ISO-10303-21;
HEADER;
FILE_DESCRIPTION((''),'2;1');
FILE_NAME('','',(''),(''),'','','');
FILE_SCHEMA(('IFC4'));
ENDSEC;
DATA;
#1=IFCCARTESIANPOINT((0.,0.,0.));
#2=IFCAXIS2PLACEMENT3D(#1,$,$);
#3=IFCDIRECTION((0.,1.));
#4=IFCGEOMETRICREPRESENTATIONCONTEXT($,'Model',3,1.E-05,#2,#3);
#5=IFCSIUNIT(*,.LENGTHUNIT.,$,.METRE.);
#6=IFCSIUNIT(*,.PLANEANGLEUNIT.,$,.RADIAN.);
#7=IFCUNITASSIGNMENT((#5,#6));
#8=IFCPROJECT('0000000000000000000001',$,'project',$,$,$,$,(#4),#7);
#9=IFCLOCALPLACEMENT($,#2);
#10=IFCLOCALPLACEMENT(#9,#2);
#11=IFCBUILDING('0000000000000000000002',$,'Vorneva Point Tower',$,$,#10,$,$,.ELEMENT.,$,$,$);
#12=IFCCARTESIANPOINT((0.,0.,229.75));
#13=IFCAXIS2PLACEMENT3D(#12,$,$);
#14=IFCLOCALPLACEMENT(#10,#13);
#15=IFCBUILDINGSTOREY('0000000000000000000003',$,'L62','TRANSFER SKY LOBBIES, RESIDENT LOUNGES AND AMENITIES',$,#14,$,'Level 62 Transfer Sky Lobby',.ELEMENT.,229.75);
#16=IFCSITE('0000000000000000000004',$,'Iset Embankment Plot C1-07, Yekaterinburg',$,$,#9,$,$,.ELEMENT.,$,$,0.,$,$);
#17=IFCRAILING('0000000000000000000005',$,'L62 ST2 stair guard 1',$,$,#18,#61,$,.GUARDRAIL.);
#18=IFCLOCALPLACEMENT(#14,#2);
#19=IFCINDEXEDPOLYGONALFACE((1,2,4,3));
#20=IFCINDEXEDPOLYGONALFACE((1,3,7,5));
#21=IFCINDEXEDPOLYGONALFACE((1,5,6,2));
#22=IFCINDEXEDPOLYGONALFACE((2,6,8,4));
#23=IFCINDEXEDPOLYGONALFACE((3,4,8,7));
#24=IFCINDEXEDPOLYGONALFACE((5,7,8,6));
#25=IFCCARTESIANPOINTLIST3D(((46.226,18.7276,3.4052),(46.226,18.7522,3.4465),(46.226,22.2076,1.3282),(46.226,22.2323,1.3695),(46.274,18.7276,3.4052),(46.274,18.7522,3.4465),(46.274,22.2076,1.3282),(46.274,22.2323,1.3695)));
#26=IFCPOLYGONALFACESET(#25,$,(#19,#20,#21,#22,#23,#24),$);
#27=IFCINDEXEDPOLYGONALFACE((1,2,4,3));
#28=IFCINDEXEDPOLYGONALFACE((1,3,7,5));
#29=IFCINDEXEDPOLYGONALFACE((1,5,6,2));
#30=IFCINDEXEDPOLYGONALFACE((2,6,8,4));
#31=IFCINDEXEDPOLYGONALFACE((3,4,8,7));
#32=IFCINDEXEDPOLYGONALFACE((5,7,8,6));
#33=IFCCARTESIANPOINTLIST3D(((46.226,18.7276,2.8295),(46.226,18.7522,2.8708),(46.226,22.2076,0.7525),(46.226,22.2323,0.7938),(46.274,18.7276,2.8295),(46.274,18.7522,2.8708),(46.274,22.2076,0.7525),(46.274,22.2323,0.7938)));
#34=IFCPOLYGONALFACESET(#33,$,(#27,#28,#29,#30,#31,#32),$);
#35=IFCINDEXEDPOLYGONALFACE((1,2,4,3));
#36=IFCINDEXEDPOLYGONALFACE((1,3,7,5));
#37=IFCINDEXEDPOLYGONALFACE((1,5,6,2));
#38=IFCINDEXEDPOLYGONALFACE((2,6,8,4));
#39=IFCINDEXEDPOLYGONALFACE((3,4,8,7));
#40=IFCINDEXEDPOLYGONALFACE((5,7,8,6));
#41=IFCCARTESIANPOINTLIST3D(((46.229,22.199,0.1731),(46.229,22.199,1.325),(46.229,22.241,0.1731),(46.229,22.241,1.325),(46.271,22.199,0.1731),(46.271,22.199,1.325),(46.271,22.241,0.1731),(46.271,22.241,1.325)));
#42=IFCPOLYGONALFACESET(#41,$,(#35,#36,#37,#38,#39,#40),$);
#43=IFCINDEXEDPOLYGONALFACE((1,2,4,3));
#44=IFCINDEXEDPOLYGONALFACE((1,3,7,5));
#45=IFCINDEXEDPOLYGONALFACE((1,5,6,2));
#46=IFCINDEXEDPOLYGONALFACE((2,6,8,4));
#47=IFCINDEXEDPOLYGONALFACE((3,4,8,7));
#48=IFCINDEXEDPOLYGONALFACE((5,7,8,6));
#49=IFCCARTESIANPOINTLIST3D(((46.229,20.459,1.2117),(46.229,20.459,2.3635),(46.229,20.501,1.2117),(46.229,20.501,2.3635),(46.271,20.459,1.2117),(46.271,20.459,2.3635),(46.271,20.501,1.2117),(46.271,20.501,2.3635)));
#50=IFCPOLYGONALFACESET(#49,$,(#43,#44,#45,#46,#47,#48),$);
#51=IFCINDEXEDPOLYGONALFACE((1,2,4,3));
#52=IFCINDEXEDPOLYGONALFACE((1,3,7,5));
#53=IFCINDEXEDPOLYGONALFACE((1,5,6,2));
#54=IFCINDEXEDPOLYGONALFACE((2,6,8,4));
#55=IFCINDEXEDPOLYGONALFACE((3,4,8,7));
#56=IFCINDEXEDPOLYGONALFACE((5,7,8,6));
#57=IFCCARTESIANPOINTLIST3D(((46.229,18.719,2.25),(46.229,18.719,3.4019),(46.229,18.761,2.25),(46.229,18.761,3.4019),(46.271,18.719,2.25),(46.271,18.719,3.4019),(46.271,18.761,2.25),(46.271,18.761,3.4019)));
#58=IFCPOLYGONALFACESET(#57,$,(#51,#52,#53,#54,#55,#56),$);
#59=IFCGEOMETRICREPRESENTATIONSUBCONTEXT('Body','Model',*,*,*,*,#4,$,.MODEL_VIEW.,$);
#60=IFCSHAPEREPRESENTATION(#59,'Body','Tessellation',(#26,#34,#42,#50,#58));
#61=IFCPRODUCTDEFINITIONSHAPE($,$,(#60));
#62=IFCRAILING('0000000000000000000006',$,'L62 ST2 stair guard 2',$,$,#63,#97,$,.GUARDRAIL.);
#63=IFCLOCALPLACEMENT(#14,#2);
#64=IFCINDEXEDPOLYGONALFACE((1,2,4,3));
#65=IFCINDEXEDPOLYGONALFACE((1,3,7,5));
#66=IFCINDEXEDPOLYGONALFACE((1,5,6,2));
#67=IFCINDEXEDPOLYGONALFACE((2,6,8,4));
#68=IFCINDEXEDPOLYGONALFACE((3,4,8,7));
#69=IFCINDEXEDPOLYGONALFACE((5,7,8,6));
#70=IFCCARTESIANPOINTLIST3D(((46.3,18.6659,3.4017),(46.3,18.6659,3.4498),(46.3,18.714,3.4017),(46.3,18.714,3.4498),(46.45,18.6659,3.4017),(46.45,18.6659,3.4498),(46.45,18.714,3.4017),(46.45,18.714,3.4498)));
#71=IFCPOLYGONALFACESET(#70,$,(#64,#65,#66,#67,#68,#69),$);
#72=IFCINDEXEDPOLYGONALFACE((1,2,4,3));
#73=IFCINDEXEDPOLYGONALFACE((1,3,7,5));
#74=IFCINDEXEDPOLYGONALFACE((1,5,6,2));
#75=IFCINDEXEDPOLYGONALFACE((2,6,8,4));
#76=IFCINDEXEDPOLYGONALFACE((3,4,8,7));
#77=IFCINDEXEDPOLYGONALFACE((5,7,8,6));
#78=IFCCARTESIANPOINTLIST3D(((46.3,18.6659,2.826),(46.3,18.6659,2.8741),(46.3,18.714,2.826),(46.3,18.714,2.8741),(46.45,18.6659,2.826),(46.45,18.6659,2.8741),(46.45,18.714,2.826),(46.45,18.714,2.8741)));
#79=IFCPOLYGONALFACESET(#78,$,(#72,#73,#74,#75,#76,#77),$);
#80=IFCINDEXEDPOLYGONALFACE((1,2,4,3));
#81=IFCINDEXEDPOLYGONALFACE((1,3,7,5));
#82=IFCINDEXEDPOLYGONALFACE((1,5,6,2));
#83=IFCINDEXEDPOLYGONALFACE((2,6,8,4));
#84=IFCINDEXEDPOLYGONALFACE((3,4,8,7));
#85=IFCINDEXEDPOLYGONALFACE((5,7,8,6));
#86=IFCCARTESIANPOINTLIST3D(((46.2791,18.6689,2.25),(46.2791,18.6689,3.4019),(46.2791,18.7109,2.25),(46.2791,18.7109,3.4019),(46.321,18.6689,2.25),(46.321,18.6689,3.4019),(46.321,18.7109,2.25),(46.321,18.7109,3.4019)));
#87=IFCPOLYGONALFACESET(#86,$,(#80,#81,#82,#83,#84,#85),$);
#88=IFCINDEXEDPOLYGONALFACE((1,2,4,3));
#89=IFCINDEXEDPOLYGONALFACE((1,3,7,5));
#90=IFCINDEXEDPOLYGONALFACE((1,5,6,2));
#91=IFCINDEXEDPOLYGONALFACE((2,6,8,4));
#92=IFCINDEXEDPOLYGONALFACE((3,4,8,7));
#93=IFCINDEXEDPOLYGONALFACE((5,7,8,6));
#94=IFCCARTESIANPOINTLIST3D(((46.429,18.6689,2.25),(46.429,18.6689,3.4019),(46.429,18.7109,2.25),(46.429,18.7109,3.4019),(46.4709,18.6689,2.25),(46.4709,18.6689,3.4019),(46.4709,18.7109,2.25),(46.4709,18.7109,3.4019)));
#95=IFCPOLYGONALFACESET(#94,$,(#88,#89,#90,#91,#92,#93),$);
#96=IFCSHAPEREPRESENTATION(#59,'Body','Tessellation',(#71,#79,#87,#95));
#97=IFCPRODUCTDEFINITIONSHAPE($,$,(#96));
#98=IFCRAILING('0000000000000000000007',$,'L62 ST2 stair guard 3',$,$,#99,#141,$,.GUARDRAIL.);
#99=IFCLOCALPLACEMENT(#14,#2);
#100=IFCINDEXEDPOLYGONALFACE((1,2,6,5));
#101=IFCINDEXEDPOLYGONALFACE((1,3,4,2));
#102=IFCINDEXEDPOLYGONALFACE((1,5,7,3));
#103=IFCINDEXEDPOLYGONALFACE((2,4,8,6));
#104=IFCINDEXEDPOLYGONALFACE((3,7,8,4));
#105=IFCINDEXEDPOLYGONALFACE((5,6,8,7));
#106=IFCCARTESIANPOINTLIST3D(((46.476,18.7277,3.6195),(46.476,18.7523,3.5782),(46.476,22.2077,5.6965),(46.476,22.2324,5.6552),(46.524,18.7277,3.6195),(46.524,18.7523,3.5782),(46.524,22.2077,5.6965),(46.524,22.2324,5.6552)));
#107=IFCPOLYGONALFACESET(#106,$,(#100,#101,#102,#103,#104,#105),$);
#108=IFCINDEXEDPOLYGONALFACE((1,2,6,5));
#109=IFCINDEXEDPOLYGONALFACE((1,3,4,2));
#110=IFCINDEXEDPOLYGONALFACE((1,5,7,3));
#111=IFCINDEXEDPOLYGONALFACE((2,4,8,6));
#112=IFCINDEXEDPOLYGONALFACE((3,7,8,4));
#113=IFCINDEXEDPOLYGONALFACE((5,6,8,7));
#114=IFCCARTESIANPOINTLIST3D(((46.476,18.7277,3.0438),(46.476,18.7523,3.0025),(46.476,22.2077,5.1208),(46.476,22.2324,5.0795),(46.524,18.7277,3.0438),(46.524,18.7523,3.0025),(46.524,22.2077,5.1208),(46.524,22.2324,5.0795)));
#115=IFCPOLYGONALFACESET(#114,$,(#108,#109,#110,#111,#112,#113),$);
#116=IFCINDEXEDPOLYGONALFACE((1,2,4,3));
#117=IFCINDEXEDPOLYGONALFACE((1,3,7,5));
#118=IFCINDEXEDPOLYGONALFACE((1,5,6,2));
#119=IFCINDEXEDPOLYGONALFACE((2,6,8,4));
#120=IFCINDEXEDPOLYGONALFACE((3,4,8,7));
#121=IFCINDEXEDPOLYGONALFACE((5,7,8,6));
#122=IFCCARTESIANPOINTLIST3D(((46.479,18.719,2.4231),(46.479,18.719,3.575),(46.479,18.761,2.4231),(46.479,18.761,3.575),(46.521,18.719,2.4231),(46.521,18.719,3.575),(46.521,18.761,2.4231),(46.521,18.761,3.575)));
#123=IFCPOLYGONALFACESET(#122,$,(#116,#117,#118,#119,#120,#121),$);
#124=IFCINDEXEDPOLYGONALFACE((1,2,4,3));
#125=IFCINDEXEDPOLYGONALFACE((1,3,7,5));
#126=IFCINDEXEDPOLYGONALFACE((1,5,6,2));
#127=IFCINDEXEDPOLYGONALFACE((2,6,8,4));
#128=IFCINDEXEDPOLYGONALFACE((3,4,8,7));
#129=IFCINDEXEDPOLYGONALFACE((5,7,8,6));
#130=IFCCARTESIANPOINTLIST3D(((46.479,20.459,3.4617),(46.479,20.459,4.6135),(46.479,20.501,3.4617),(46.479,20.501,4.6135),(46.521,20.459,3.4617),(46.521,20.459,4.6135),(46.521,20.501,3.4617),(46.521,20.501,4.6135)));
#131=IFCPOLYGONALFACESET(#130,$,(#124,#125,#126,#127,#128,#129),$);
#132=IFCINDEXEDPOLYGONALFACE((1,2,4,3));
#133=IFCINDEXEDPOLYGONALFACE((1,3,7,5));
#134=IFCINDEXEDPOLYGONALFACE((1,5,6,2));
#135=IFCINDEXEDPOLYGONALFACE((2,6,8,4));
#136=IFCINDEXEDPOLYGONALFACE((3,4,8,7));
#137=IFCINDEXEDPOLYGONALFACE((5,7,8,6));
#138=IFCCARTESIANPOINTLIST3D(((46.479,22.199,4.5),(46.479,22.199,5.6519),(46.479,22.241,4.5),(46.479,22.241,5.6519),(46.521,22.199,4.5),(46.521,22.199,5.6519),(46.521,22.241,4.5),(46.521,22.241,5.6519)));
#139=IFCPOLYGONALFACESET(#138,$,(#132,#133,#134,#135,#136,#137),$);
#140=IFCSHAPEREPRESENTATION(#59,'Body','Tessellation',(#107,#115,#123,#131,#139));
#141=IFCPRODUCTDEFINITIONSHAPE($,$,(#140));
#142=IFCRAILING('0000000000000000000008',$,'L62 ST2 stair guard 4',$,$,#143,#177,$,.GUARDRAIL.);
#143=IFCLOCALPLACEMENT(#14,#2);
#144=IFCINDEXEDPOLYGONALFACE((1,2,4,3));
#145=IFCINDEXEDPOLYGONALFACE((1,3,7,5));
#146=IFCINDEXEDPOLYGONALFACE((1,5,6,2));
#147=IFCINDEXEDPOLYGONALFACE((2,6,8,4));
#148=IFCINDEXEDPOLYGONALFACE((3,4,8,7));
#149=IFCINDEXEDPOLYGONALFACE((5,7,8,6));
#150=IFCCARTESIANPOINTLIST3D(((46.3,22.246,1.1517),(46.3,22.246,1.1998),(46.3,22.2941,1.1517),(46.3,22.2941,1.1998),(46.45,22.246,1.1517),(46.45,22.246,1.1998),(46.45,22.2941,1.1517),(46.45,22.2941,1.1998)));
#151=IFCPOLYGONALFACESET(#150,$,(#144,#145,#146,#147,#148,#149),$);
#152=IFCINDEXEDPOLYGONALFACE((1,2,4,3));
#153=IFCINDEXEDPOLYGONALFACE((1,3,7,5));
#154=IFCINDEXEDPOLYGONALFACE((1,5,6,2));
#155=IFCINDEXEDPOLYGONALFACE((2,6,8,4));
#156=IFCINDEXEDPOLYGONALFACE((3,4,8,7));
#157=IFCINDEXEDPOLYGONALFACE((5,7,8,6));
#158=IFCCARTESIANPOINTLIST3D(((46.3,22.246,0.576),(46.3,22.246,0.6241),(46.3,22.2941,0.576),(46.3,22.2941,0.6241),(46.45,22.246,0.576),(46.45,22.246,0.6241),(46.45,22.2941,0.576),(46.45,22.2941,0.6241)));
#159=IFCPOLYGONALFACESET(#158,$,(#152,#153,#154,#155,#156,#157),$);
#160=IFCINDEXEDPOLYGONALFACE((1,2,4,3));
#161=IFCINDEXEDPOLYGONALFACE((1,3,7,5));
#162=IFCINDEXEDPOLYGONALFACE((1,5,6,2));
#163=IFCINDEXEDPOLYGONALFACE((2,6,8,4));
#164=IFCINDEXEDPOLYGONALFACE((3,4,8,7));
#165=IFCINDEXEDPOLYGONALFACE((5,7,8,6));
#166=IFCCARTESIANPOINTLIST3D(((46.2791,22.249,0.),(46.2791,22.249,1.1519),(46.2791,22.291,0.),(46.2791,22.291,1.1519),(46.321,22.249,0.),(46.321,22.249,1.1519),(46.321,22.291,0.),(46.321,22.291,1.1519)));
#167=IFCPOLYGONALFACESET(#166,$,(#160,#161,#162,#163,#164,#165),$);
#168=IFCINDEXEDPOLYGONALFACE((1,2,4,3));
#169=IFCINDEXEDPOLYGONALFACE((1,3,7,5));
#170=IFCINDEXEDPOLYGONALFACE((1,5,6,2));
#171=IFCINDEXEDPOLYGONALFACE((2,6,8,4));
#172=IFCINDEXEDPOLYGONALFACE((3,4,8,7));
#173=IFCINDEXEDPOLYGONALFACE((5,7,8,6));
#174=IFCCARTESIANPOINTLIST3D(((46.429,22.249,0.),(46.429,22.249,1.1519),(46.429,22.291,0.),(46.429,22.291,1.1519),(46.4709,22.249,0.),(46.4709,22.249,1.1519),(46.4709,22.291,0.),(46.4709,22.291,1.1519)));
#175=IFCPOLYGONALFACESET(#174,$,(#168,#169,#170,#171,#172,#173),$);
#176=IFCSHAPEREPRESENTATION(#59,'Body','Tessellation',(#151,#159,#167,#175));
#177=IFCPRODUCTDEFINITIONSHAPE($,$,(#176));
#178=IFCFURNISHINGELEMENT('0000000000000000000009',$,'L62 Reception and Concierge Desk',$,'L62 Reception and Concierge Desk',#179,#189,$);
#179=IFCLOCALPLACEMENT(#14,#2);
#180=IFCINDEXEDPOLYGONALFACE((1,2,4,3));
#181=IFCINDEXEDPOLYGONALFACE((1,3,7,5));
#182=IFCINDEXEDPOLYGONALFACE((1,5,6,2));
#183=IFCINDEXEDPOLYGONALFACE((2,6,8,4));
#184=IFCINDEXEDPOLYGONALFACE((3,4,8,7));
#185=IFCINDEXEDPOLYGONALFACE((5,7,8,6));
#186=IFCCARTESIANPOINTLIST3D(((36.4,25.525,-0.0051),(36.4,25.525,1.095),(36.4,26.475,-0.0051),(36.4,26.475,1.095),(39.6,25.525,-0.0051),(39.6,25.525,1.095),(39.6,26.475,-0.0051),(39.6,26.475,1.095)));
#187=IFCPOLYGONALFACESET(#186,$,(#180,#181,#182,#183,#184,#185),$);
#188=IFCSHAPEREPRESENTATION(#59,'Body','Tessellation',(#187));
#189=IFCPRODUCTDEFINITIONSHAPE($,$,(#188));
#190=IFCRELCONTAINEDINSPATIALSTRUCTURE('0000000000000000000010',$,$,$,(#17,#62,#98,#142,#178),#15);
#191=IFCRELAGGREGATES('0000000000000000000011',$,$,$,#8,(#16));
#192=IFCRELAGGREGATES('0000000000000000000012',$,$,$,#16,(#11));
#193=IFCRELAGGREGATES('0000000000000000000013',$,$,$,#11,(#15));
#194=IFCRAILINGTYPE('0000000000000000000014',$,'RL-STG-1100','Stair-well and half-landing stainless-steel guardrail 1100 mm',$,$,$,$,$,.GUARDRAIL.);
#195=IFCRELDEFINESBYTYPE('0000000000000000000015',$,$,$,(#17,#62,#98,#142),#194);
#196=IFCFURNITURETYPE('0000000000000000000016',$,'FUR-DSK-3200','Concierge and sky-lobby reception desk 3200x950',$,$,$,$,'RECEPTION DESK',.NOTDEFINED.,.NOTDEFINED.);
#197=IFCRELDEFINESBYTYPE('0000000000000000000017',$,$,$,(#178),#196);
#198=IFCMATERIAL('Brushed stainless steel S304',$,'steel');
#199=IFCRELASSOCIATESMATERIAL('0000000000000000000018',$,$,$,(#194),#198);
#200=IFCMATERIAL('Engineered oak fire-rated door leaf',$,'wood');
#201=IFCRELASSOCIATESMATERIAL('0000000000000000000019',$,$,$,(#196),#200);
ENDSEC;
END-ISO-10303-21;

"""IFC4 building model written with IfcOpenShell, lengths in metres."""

from ifc_helpers import new_model, si_unit, direction, frame, origin, origin_2d, place, context, subcontext, project, spatial, rectangle, extrude, material, type_object, element, save


model = new_model("IFC4")

# Units and contexts
model_context = context("Model", 3, precision=1e-05, world=origin(), true_north=direction((0.0, 1.0)))
body_context = subcontext(model_context, "Body", "Model", "MODEL_VIEW")
ifc_project = project(units=[si_unit("LENGTHUNIT", "METRE"), si_unit("PLANEANGLEUNIT", "RADIAN")], contexts=[model_context])

# Site, building, storey
site_placement = place(None, origin())
site = spatial("IfcSite", under=ifc_project, at=site_placement, Name="Iset Embankment Plot C1-07, Yekaterinburg", CompositionType="ELEMENT", RefElevation=0.0)
building_placement = place(site_placement, origin())
building = spatial("IfcBuilding", under=site, at=building_placement, Name="Vorneva Point Tower", CompositionType="ELEMENT")
storey_placement = place(building_placement, frame((0.0, 0.0, 229.75)))
storey = spatial("IfcBuildingStorey", under=building, at=storey_placement, Name="L62", Description="TRANSFER SKY LOBBIES, RESIDENT LOUNGES AND AMENITIES", LongName="Level 62 Transfer Sky Lobby", CompositionType="ELEMENT", Elevation=229.75)

# Shared definitions
ifc_material_1 = material(Name="Engineered oak fire-rated door leaf", Category="wood")

# Railings
ifc_material_2 = material(Name="Brushed stainless steel S304", Category="steel")
railing_type_1 = type_object("IfcRailingType", Name="RL-STG-1100", Description="Stair-well and half-landing stainless-steel guardrail 1100 mm", PredefinedType="GUARDRAIL", material=ifc_material_2)
railing_1_placement = place(storey_placement, frame((46.25, 22.22, 0.1731)))
element("IfcRailing", 1, at=railing_1_placement, inside=storey, type_object=railing_type_1, Name="L62 ST2 stair guard 1", PredefinedType="GUARDRAIL", context=body_context, shape_type="SweptSolid", body=[
    extrude(rectangle(XDim=0.0481, YDim=0.0481, at=origin_2d()), frame((0.0, 0.0, 1.1758), z_axis=(0.0, -0.858697, 0.512483), x_axis=(1.0, 0.0, 0.0)), (0.0, 0.0, 1.0), 4.0527),
    extrude(rectangle(XDim=0.0481, YDim=0.0481, at=origin_2d()), frame((0.0, 0.0, 0.6001), z_axis=(0.0, -0.858697, 0.512483), x_axis=(1.0, 0.0, 0.0)), (0.0, 0.0, 1.0), 4.0527),
    extrude(rectangle(XDim=0.042, YDim=0.042, at=origin_2d()), origin(), (0.0, 0.0, 1.0), 1.1519),
    extrude(rectangle(XDim=0.042, YDim=0.042, at=origin_2d()), frame((0.0, -1.74, 1.0386)), (0.0, 0.0, 1.0), 1.1519),
    extrude(rectangle(XDim=0.042, YDim=0.042, at=origin_2d()), frame((0.0, -3.48, 2.0769)), (0.0, 0.0, 1.0), 1.1519),
])
railing_2_placement = place(storey_placement, frame((46.3, 18.6899, 2.25)))
element("IfcRailing", 2, at=railing_2_placement, inside=storey, type_object=railing_type_1, Name="L62 ST2 stair guard 2", PredefinedType="GUARDRAIL", context=body_context, shape_type="SweptSolid", body=[
    extrude(rectangle(XDim=0.0481, YDim=0.0481, at=origin_2d()), frame((0.0, 0.0, 1.1758), z_axis=(1.0, 0.0, 0.0), x_axis=(0.0, 1.0, 0.0)), (0.0, 0.0, 1.0), 0.1499),
    extrude(rectangle(XDim=0.0481, YDim=0.0481, at=origin_2d()), frame((0.0, 0.0, 0.6001), z_axis=(1.0, 0.0, 0.0), x_axis=(0.0, 1.0, 0.0)), (0.0, 0.0, 1.0), 0.1499),
    extrude(rectangle(XDim=0.042, YDim=0.042, at=origin_2d()), origin(), (0.0, 0.0, 1.0), 1.1519),
    extrude(rectangle(XDim=0.042, YDim=0.042, at=origin_2d()), frame((0.1499, 0.0, 0.0)), (0.0, 0.0, 1.0), 1.1519),
])
railing_3_placement = place(storey_placement, frame((46.5, 18.74, 2.4231)))
element("IfcRailing", 3, at=railing_3_placement, inside=storey, type_object=railing_type_1, Name="L62 ST2 stair guard 3", PredefinedType="GUARDRAIL", context=body_context, shape_type="SweptSolid", body=[
    extrude(rectangle(XDim=0.0481, YDim=0.0481, at=origin_2d()), frame((0.0, 0.0, 1.1758), z_axis=(0.0, 0.858697, 0.512483), x_axis=(-1.0, 0.0, 0.0)), (0.0, 0.0, 1.0), 4.0527),
    extrude(rectangle(XDim=0.0481, YDim=0.0481, at=origin_2d()), frame((0.0, 0.0, 0.6001), z_axis=(0.0, 0.858697, 0.512483), x_axis=(-1.0, 0.0, 0.0)), (0.0, 0.0, 1.0), 4.0527),
    extrude(rectangle(XDim=0.042, YDim=0.042, at=origin_2d()), origin(), (0.0, 0.0, 1.0), 1.1519),
    extrude(rectangle(XDim=0.042, YDim=0.042, at=origin_2d()), frame((0.0, 1.74, 1.0386)), (0.0, 0.0, 1.0), 1.1519),
    extrude(rectangle(XDim=0.042, YDim=0.042, at=origin_2d()), frame((0.0, 3.48, 2.0769)), (0.0, 0.0, 1.0), 1.1519),
])
railing_4_placement = place(storey_placement, frame((46.3, 22.27, 0.0)))
element("IfcRailing", 4, at=railing_4_placement, inside=storey, type_object=railing_type_1, Name="L62 ST2 stair guard 4", PredefinedType="GUARDRAIL", context=body_context, shape_type="SweptSolid", body=[
    extrude(rectangle(XDim=0.0481, YDim=0.0481, at=origin_2d()), frame((0.0, 0.0, 1.1758), z_axis=(1.0, 0.0, 0.0), x_axis=(0.0, 1.0, 0.0)), (0.0, 0.0, 1.0), 0.1499),
    extrude(rectangle(XDim=0.0481, YDim=0.0481, at=origin_2d()), frame((0.0, 0.0, 0.6001), z_axis=(1.0, 0.0, 0.0), x_axis=(0.0, 1.0, 0.0)), (0.0, 0.0, 1.0), 0.1499),
    extrude(rectangle(XDim=0.042, YDim=0.042, at=origin_2d()), origin(), (0.0, 0.0, 1.0), 1.1519),
    extrude(rectangle(XDim=0.042, YDim=0.042, at=origin_2d()), frame((0.1499, 0.0, 0.0)), (0.0, 0.0, 1.0), 1.1519),
])

# Furnishing element
furniture_type = type_object("IfcFurnitureType", Name="FUR-DSK-3200", Description="Concierge and sky-lobby reception desk 3200x950", ElementType="RECEPTION DESK", AssemblyPlace="NOTDEFINED", PredefinedType="NOTDEFINED", material=ifc_material_1)
furnishing_placement = place(storey_placement, frame((38.0, 26.0, -0.0051), z_axis=(0.0, 0.0, 1.0), x_axis=(1.0, 0.0, 0.0)))
element("IfcFurnishingElement", 5, at=furnishing_placement, inside=storey, type_object=furniture_type, Name="L62 Reception and Concierge Desk", ObjectType="L62 Reception and Concierge Desk", context=body_context, shape_type="SweptSolid", body=[
    extrude(rectangle(XDim=3.2, YDim=0.95, at=origin_2d()), origin(), (0.0, 0.0, 1.0), 1.1001),
])

save(model, "model.ifc")
